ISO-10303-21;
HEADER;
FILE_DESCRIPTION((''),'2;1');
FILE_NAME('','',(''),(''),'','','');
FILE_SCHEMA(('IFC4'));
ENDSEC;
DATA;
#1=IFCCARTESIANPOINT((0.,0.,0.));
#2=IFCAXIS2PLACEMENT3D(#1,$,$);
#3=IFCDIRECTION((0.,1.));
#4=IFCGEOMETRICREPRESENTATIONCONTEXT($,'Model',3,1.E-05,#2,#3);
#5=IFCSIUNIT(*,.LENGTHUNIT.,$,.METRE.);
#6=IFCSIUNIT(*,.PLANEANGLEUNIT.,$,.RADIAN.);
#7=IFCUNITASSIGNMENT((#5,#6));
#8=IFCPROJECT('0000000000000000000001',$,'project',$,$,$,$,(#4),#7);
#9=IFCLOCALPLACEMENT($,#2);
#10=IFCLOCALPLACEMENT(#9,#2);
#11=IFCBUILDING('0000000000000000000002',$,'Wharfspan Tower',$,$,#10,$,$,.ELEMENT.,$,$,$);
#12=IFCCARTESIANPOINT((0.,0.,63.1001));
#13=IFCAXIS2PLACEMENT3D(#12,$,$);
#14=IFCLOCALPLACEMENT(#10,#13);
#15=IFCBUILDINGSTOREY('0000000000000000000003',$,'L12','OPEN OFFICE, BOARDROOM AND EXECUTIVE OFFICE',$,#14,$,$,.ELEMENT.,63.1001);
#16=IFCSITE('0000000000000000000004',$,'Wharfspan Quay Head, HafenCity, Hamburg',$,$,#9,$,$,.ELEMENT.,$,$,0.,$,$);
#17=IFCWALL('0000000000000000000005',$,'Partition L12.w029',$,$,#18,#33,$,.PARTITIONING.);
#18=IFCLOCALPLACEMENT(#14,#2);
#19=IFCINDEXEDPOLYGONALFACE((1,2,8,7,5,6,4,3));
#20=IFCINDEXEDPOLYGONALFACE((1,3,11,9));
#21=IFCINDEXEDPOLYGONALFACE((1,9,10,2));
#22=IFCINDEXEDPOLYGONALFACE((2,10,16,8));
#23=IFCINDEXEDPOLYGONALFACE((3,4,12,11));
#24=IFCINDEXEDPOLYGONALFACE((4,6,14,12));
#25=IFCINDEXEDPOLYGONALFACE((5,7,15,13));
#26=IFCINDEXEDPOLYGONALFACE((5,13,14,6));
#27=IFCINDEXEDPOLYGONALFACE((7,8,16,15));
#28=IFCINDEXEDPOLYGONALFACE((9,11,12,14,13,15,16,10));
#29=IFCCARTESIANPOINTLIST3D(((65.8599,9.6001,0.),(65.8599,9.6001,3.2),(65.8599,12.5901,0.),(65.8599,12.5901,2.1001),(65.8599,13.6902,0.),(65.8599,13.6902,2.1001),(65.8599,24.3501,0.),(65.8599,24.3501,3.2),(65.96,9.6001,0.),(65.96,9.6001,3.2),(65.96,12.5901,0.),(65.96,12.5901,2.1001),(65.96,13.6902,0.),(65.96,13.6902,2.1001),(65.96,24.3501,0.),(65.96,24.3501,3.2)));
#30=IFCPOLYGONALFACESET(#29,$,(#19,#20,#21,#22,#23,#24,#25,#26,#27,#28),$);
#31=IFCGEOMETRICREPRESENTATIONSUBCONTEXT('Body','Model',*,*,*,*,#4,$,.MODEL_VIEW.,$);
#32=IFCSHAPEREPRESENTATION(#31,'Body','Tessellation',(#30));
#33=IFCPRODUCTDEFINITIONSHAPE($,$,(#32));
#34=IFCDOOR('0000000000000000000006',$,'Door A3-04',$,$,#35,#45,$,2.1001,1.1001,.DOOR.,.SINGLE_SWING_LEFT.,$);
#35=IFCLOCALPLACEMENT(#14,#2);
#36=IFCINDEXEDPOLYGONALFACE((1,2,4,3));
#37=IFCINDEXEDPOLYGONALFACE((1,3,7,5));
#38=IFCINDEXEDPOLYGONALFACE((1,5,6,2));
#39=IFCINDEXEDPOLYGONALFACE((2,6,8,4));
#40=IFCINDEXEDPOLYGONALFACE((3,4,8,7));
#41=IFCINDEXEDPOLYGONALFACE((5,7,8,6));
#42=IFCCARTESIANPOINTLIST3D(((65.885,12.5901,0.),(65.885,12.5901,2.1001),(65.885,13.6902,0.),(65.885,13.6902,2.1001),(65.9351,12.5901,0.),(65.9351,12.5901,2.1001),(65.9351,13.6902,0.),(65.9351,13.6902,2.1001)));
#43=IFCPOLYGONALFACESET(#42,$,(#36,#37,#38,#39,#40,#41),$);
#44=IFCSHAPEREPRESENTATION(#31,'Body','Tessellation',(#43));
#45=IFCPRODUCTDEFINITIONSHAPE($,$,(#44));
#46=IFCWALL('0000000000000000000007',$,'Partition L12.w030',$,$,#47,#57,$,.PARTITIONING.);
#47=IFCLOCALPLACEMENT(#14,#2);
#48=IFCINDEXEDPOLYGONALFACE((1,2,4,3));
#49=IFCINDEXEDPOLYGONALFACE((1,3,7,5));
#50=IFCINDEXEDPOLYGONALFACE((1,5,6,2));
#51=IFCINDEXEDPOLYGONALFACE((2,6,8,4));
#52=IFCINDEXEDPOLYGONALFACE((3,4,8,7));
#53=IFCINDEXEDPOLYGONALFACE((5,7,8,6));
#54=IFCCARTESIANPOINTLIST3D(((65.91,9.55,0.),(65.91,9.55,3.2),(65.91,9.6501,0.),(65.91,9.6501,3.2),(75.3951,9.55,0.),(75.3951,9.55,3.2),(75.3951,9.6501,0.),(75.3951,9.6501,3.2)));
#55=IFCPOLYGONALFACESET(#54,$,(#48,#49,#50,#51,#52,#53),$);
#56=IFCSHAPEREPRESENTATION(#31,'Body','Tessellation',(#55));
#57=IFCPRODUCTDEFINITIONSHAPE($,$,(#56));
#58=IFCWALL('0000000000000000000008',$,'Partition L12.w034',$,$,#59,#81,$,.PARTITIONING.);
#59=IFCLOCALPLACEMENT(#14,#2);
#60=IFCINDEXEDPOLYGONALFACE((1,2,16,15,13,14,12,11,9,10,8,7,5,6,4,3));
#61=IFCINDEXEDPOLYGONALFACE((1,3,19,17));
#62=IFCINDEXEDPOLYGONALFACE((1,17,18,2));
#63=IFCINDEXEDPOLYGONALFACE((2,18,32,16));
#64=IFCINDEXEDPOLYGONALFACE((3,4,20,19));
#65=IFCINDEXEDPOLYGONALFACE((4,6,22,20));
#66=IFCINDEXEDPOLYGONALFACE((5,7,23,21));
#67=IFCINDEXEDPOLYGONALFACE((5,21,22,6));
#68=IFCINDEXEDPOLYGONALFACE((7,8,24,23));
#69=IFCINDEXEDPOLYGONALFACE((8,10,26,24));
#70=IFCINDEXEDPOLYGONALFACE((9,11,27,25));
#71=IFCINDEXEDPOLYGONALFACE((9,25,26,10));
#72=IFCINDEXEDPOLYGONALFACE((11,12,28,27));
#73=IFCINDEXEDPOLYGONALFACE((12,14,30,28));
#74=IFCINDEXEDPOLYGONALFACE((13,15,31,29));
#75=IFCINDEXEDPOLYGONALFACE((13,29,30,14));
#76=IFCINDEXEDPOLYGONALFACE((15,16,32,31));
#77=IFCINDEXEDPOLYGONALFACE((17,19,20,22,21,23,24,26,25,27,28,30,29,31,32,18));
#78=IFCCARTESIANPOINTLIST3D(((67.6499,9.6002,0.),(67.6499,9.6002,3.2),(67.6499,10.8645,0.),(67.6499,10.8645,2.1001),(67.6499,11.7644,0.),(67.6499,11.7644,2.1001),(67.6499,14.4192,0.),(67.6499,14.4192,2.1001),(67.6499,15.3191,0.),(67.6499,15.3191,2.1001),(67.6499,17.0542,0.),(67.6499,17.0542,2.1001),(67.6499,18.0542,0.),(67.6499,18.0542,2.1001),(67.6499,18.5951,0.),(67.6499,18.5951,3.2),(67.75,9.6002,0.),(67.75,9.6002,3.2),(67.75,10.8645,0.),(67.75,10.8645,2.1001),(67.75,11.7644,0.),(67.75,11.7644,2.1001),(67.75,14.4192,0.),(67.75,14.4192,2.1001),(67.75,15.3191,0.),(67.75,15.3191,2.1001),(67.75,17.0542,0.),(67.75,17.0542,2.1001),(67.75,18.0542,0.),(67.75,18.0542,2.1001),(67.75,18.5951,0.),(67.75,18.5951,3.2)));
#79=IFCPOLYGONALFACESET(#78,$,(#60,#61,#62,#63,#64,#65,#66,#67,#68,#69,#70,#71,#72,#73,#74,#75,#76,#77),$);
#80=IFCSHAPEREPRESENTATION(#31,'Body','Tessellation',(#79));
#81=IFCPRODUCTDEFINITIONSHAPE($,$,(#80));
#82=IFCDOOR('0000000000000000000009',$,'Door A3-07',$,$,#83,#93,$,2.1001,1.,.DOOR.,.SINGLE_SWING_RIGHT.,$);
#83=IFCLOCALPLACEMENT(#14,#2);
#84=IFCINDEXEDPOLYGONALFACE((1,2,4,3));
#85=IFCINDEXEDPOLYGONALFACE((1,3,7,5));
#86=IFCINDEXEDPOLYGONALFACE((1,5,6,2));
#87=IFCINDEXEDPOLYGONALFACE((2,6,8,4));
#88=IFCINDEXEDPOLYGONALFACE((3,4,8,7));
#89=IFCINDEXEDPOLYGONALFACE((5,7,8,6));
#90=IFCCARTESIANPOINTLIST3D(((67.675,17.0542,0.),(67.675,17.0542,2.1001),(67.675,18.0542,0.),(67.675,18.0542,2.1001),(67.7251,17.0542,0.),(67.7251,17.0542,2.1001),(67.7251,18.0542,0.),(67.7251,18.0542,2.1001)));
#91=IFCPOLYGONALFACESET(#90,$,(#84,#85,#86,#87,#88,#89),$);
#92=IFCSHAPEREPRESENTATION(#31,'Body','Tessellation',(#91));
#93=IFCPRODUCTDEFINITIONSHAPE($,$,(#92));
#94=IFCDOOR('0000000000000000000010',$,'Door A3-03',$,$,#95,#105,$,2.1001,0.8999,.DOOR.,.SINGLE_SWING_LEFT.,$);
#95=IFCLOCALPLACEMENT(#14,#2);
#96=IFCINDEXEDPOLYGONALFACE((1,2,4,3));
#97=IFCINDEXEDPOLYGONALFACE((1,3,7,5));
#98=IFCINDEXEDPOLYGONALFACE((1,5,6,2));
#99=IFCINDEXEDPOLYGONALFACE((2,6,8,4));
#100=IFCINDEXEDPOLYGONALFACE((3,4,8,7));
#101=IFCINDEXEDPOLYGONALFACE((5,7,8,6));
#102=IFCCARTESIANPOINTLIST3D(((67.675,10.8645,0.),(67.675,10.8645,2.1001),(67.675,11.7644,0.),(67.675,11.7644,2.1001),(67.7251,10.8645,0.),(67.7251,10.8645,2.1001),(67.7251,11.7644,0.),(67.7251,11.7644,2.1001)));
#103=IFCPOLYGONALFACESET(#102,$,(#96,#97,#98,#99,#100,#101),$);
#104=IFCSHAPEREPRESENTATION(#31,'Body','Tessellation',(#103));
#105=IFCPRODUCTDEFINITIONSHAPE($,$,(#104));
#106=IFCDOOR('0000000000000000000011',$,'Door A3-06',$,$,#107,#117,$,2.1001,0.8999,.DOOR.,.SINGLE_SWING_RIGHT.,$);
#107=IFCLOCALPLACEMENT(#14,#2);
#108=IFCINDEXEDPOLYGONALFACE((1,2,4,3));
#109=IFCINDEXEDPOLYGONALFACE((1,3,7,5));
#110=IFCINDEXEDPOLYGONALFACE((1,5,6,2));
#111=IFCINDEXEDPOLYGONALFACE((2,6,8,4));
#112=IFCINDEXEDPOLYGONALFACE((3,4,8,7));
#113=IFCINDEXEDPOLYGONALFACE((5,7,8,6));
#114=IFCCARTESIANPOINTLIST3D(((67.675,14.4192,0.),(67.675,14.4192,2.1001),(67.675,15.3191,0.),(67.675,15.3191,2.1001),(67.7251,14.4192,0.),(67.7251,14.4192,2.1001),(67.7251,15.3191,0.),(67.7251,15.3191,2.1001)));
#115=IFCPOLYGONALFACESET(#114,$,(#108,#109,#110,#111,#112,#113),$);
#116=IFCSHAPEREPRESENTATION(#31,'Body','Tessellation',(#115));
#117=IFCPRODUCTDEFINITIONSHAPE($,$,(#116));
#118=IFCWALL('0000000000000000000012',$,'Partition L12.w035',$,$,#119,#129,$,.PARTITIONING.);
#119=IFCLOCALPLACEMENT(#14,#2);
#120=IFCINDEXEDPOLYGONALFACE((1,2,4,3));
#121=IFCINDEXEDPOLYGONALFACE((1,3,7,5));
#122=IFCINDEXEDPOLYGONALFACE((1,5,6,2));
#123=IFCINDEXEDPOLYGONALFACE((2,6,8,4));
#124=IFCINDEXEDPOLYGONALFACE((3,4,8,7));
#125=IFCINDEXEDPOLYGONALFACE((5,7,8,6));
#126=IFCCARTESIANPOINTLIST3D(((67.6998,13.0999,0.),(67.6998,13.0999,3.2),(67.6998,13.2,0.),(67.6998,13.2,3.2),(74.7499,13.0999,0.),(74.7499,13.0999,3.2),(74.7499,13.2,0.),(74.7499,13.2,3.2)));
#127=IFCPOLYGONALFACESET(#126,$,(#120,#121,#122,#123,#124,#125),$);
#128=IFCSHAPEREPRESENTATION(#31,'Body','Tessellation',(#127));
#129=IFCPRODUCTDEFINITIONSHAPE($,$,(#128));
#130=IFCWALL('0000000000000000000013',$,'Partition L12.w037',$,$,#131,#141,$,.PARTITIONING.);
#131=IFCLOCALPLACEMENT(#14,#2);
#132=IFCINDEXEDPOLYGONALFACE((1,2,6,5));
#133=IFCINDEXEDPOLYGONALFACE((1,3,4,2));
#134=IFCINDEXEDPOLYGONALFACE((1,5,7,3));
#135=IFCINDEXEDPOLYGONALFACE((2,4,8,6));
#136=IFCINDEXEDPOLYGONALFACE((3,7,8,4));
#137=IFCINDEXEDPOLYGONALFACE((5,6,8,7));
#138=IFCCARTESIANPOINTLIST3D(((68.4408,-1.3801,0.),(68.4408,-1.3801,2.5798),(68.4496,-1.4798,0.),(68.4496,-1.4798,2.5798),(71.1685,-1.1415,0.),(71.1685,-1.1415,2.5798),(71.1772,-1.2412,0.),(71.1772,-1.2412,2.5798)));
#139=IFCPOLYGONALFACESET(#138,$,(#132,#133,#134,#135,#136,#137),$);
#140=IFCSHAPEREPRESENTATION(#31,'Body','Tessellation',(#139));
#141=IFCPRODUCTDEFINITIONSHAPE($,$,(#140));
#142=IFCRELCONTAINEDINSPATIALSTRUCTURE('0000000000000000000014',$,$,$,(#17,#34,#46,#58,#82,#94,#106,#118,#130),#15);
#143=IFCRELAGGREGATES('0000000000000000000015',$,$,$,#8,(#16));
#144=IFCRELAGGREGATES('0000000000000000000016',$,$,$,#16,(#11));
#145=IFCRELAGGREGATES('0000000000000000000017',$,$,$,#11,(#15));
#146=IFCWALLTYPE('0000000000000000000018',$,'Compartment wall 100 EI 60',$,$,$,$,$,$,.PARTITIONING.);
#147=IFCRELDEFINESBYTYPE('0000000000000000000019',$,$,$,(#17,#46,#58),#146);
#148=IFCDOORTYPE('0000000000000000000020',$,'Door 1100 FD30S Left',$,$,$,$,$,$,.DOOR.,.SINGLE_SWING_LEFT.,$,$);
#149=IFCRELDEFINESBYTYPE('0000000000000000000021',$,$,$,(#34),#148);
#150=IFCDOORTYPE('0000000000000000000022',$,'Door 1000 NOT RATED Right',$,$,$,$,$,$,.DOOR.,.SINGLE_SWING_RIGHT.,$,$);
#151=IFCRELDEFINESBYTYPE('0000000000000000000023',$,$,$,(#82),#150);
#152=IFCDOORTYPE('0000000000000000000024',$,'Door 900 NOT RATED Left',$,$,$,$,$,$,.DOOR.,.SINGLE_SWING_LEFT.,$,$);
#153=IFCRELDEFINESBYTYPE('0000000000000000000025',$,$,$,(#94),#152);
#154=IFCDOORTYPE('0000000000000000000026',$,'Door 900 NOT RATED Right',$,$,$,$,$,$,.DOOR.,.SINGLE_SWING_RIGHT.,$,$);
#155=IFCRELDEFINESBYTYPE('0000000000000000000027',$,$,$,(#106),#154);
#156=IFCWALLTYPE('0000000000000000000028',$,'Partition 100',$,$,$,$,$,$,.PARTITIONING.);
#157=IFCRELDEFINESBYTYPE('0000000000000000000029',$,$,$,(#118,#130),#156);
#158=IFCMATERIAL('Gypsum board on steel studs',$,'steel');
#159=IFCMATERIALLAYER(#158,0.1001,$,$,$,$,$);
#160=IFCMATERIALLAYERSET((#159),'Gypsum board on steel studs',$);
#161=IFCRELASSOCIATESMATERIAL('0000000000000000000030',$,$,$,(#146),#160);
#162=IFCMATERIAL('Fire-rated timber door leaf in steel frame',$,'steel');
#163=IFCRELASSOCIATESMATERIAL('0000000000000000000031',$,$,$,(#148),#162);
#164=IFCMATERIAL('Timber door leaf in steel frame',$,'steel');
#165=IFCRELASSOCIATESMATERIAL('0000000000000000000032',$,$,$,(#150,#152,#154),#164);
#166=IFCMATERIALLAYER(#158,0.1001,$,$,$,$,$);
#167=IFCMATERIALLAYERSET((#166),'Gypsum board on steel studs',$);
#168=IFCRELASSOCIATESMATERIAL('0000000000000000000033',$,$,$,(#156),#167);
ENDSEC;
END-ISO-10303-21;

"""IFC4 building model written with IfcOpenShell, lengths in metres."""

from ifc_helpers import new_model, si_unit, direction, frame, frame_2d, origin, place, context, subcontext, project, spatial, rectangle, extrude, material, layer, layer_set, type_object, element, fill, save


model = new_model("IFC4")

# Units and contexts
model_context = context("Model", 3, precision=1e-05, world=origin(), true_north=direction((0.0, 1.0)))
body_context = subcontext(model_context, "Body", "Model", "MODEL_VIEW")
ifc_project = project(units=[si_unit("LENGTHUNIT", "METRE"), si_unit("PLANEANGLEUNIT", "RADIAN")], contexts=[model_context])

# Site, building, storey
site_placement = place(None, origin())
site = spatial("IfcSite", under=ifc_project, at=site_placement, Name="Wharfspan Quay Head, HafenCity, Hamburg", CompositionType="ELEMENT", RefElevation=0.0)
building_placement = place(site_placement, origin())
building = spatial("IfcBuilding", under=site, at=building_placement, Name="Wharfspan Tower", CompositionType="ELEMENT")
storey_placement = place(building_placement, frame((0.0, 0.0, 63.1001)))
storey = spatial("IfcBuildingStorey", under=building, at=storey_placement, Name="L12", Description="OPEN OFFICE, BOARDROOM AND EXECUTIVE OFFICE", CompositionType="ELEMENT", Elevation=63.1001)

# Shared definitions
ifc_material_1 = material(Name="Gypsum board on steel studs", Category="steel")
ifc_layer_1 = layer(ifc_material_1, 0.1001)
ifc_layer_set_1 = layer_set([ifc_layer_1], Name="Gypsum board on steel studs")
wall_type_1 = type_object("IfcWallType", Name="Compartment wall 100 EI 60", PredefinedType="PARTITIONING", material=ifc_layer_set_1)

# Shared definitions
ifc_material_2 = material(Name="Fire-rated timber door leaf in steel frame", Category="steel")

# Wall, opening, door
wall_1_placement = place(storey_placement, frame((65.9099, 9.6001, 0.0), z_axis=(0.0, 0.0, 1.0), x_axis=(0.0, 1.0, 0.0)))
wall_1 = element("IfcWall", 1, at=wall_1_placement, inside=storey, type_object=wall_type_1, Name="Partition L12.w029", PredefinedType="PARTITIONING", context=body_context, shape_type="SweptSolid", body=[
    extrude(rectangle(XDim=14.75, YDim=0.1001, at=frame_2d((7.375, 0.0))), origin(), (0.0, 0.0, 1.0), 3.2),
])
opening_1_placement = place(wall_1_placement, frame((2.99, 0.0, 0.0)))
opening_1 = element("IfcOpeningElement", 2, at=opening_1_placement, cuts=wall_1, PredefinedType="OPENING", context=body_context, shape_type="SweptSolid", body=[
    extrude(rectangle(XDim=1.1001, YDim=2.1001, at=frame_2d((0.55, 1.05))), frame((0.0, 0.0601, 0.0), z_axis=(0.0, -1.0, 0.0), x_axis=(1.0, 0.0, 0.0)), (0.0, 0.0, 1.0), 0.1201),
])
door_type_1 = type_object("IfcDoorType", Name="Door 1100 FD30S Left", OperationType="SINGLE_SWING_LEFT", PredefinedType="DOOR", material=ifc_material_2)
door_1_placement = place(opening_1_placement, origin())
door_1 = element("IfcDoor", 3, at=door_1_placement, inside=storey, type_object=door_type_1, Name="Door A3-04", OperationType="SINGLE_SWING_LEFT", OverallHeight=2.1001, OverallWidth=1.1001, PredefinedType="DOOR", context=body_context, shape_type="SweptSolid", body=[
    extrude(rectangle(XDim=1.1001, YDim=2.1001, at=frame_2d((0.55, 1.05))), frame((0.0, 0.0249, 0.0), z_axis=(0.0, -1.0, 0.0), x_axis=(1.0, 0.0, 0.0)), (0.0, 0.0, 1.0), 0.05),
])
fill(opening_1, door_1)

# Wall
wall_2_placement = place(storey_placement, frame((65.9099, 9.6001, 0.0), z_axis=(0.0, 0.0, 1.0), x_axis=(1.0, 0.0, 0.0)))
element("IfcWall", 4, at=wall_2_placement, inside=storey, type_object=wall_type_1, Name="Partition L12.w030", PredefinedType="PARTITIONING", context=body_context, shape_type="SweptSolid", body=[
    extrude(rectangle(XDim=9.4851, YDim=0.1001, at=frame_2d((4.7427, 0.0))), origin(), (0.0, 0.0, 1.0), 3.2),
])

# Wall, openings, doors
wall_3_placement = place(storey_placement, frame((67.7, 9.6001, 0.0), z_axis=(0.0, 0.0, 1.0), x_axis=(0.0, 1.0, 0.0)))
wall_3 = element("IfcWall", 5, at=wall_3_placement, inside=storey, type_object=wall_type_1, Name="Partition L12.w034", PredefinedType="PARTITIONING", context=body_context, shape_type="SweptSolid", body=[
    extrude(rectangle(XDim=8.9949, YDim=0.1001, at=frame_2d((4.4976, 0.0))), origin(), (0.0, 0.0, 1.0), 3.2),
])
opening_2_placement = place(wall_3_placement, frame((1.2644, 0.0, 0.0)))
opening_2 = element("IfcOpeningElement", 6, at=opening_2_placement, cuts=wall_3, PredefinedType="OPENING", context=body_context, shape_type="SweptSolid", body=[
    extrude(rectangle(XDim=0.8999, YDim=2.1001, at=frame_2d((0.45, 1.05))), frame((0.0, 0.0601, 0.0), z_axis=(0.0, -1.0, 0.0), x_axis=(1.0, 0.0, 0.0)), (0.0, 0.0, 1.0), 0.1201),
])
opening_3_placement = place(wall_3_placement, frame((4.8191, 0.0, 0.0)))
opening_3 = element("IfcOpeningElement", 7, at=opening_3_placement, cuts=wall_3, PredefinedType="OPENING", context=body_context, shape_type="SweptSolid", body=[
    extrude(rectangle(XDim=0.8999, YDim=2.1001, at=frame_2d((0.45, 1.05))), frame((0.0, 0.0601, 0.0), z_axis=(0.0, -1.0, 0.0), x_axis=(1.0, 0.0, 0.0)), (0.0, 0.0, 1.0), 0.1201),
])
opening_4_placement = place(wall_3_placement, frame((7.4541, 0.0, 0.0)))
opening_4 = element("IfcOpeningElement", 8, at=opening_4_placement, cuts=wall_3, PredefinedType="OPENING", context=body_context, shape_type="SweptSolid", body=[
    extrude(rectangle(XDim=1.0, YDim=2.1001, at=frame_2d((0.5, 1.05))), frame((0.0, 0.0601, 0.0), z_axis=(0.0, -1.0, 0.0), x_axis=(1.0, 0.0, 0.0)), (0.0, 0.0, 1.0), 0.1201),
])
ifc_material_3 = material(Name="Timber door leaf in steel frame", Category="steel")
door_type_2 = type_object("IfcDoorType", Name="Door 1000 NOT RATED Right", OperationType="SINGLE_SWING_RIGHT", PredefinedType="DOOR", material=ifc_material_3)
door_2_placement = place(opening_4_placement, origin())
door_2 = element("IfcDoor", 9, at=door_2_placement, inside=storey, type_object=door_type_2, Name="Door A3-07", OperationType="SINGLE_SWING_RIGHT", OverallHeight=2.1001, OverallWidth=1.0, PredefinedType="DOOR", context=body_context, shape_type="SweptSolid", body=[
    extrude(rectangle(XDim=1.0, YDim=2.1001, at=frame_2d((0.5, 1.05))), frame((0.0, 0.0249, 0.0), z_axis=(0.0, -1.0, 0.0), x_axis=(1.0, 0.0, 0.0)), (0.0, 0.0, 1.0), 0.05),
])
fill(opening_4, door_2)
door_type_3 = type_object("IfcDoorType", Name="Door 900 NOT RATED Left", OperationType="SINGLE_SWING_LEFT", PredefinedType="DOOR", material=ifc_material_3)
door_3_placement = place(opening_2_placement, origin())
door_3 = element("IfcDoor", 10, at=door_3_placement, inside=storey, type_object=door_type_3, Name="Door A3-03", OperationType="SINGLE_SWING_LEFT", OverallHeight=2.1001, OverallWidth=0.8999, PredefinedType="DOOR", context=body_context, shape_type="SweptSolid", body=[
    extrude(rectangle(XDim=0.8999, YDim=2.1001, at=frame_2d((0.45, 1.05))), frame((0.0, 0.0249, 0.0), z_axis=(0.0, -1.0, 0.0), x_axis=(1.0, 0.0, 0.0)), (0.0, 0.0, 1.0), 0.05),
])
fill(opening_2, door_3)
door_type_4 = type_object("IfcDoorType", Name="Door 900 NOT RATED Right", OperationType="SINGLE_SWING_RIGHT", PredefinedType="DOOR", material=ifc_material_3)
door_4_placement = place(opening_3_placement, origin())
door_4 = element("IfcDoor", 11, at=door_4_placement, inside=storey, type_object=door_type_4, Name="Door A3-06", OperationType="SINGLE_SWING_RIGHT", OverallHeight=2.1001, OverallWidth=0.8999, PredefinedType="DOOR", context=body_context, shape_type="SweptSolid", body=[
    extrude(rectangle(XDim=0.8999, YDim=2.1001, at=frame_2d((0.45, 1.05))), frame((0.0, 0.0249, 0.0), z_axis=(0.0, -1.0, 0.0), x_axis=(1.0, 0.0, 0.0)), (0.0, 0.0, 1.0), 0.05),
])
fill(opening_3, door_4)

# Walls
ifc_layer_2 = layer(ifc_material_1, 0.1001)
ifc_layer_set_2 = layer_set([ifc_layer_2], Name="Gypsum board on steel studs")
wall_type_2 = type_object("IfcWallType", Name="Partition 100", PredefinedType="PARTITIONING", material=ifc_layer_set_2)
wall_4_placement = place(storey_placement, frame((67.7, 13.1499, 0.0), z_axis=(0.0, 0.0, 1.0), x_axis=(1.0, 0.0, 0.0)))
element("IfcWall", 12, at=wall_4_placement, inside=storey, type_object=wall_type_2, Name="Partition L12.w035", PredefinedType="PARTITIONING", context=body_context, shape_type="SweptSolid", body=[
    extrude(rectangle(XDim=7.05, YDim=0.1001, at=frame_2d((3.5249, 0.0))), origin(), (0.0, 0.0, 1.0), 3.2),
])
wall_5_placement = place(storey_placement, frame((68.4451, -1.4299, 0.0), z_axis=(0.0, 0.0, 1.0), x_axis=(0.996195, 0.087118, 0.0)))
element("IfcWall", 13, at=wall_5_placement, inside=storey, type_object=wall_type_2, Name="Partition L12.w037", PredefinedType="PARTITIONING", context=body_context, shape_type="SweptSolid", body=[
    extrude(rectangle(XDim=2.738, YDim=0.1001, at=frame_2d((1.3691, 0.0))), origin(), (0.0, 0.0, 1.0), 2.5798),
])

save(model, "model.ifc")
